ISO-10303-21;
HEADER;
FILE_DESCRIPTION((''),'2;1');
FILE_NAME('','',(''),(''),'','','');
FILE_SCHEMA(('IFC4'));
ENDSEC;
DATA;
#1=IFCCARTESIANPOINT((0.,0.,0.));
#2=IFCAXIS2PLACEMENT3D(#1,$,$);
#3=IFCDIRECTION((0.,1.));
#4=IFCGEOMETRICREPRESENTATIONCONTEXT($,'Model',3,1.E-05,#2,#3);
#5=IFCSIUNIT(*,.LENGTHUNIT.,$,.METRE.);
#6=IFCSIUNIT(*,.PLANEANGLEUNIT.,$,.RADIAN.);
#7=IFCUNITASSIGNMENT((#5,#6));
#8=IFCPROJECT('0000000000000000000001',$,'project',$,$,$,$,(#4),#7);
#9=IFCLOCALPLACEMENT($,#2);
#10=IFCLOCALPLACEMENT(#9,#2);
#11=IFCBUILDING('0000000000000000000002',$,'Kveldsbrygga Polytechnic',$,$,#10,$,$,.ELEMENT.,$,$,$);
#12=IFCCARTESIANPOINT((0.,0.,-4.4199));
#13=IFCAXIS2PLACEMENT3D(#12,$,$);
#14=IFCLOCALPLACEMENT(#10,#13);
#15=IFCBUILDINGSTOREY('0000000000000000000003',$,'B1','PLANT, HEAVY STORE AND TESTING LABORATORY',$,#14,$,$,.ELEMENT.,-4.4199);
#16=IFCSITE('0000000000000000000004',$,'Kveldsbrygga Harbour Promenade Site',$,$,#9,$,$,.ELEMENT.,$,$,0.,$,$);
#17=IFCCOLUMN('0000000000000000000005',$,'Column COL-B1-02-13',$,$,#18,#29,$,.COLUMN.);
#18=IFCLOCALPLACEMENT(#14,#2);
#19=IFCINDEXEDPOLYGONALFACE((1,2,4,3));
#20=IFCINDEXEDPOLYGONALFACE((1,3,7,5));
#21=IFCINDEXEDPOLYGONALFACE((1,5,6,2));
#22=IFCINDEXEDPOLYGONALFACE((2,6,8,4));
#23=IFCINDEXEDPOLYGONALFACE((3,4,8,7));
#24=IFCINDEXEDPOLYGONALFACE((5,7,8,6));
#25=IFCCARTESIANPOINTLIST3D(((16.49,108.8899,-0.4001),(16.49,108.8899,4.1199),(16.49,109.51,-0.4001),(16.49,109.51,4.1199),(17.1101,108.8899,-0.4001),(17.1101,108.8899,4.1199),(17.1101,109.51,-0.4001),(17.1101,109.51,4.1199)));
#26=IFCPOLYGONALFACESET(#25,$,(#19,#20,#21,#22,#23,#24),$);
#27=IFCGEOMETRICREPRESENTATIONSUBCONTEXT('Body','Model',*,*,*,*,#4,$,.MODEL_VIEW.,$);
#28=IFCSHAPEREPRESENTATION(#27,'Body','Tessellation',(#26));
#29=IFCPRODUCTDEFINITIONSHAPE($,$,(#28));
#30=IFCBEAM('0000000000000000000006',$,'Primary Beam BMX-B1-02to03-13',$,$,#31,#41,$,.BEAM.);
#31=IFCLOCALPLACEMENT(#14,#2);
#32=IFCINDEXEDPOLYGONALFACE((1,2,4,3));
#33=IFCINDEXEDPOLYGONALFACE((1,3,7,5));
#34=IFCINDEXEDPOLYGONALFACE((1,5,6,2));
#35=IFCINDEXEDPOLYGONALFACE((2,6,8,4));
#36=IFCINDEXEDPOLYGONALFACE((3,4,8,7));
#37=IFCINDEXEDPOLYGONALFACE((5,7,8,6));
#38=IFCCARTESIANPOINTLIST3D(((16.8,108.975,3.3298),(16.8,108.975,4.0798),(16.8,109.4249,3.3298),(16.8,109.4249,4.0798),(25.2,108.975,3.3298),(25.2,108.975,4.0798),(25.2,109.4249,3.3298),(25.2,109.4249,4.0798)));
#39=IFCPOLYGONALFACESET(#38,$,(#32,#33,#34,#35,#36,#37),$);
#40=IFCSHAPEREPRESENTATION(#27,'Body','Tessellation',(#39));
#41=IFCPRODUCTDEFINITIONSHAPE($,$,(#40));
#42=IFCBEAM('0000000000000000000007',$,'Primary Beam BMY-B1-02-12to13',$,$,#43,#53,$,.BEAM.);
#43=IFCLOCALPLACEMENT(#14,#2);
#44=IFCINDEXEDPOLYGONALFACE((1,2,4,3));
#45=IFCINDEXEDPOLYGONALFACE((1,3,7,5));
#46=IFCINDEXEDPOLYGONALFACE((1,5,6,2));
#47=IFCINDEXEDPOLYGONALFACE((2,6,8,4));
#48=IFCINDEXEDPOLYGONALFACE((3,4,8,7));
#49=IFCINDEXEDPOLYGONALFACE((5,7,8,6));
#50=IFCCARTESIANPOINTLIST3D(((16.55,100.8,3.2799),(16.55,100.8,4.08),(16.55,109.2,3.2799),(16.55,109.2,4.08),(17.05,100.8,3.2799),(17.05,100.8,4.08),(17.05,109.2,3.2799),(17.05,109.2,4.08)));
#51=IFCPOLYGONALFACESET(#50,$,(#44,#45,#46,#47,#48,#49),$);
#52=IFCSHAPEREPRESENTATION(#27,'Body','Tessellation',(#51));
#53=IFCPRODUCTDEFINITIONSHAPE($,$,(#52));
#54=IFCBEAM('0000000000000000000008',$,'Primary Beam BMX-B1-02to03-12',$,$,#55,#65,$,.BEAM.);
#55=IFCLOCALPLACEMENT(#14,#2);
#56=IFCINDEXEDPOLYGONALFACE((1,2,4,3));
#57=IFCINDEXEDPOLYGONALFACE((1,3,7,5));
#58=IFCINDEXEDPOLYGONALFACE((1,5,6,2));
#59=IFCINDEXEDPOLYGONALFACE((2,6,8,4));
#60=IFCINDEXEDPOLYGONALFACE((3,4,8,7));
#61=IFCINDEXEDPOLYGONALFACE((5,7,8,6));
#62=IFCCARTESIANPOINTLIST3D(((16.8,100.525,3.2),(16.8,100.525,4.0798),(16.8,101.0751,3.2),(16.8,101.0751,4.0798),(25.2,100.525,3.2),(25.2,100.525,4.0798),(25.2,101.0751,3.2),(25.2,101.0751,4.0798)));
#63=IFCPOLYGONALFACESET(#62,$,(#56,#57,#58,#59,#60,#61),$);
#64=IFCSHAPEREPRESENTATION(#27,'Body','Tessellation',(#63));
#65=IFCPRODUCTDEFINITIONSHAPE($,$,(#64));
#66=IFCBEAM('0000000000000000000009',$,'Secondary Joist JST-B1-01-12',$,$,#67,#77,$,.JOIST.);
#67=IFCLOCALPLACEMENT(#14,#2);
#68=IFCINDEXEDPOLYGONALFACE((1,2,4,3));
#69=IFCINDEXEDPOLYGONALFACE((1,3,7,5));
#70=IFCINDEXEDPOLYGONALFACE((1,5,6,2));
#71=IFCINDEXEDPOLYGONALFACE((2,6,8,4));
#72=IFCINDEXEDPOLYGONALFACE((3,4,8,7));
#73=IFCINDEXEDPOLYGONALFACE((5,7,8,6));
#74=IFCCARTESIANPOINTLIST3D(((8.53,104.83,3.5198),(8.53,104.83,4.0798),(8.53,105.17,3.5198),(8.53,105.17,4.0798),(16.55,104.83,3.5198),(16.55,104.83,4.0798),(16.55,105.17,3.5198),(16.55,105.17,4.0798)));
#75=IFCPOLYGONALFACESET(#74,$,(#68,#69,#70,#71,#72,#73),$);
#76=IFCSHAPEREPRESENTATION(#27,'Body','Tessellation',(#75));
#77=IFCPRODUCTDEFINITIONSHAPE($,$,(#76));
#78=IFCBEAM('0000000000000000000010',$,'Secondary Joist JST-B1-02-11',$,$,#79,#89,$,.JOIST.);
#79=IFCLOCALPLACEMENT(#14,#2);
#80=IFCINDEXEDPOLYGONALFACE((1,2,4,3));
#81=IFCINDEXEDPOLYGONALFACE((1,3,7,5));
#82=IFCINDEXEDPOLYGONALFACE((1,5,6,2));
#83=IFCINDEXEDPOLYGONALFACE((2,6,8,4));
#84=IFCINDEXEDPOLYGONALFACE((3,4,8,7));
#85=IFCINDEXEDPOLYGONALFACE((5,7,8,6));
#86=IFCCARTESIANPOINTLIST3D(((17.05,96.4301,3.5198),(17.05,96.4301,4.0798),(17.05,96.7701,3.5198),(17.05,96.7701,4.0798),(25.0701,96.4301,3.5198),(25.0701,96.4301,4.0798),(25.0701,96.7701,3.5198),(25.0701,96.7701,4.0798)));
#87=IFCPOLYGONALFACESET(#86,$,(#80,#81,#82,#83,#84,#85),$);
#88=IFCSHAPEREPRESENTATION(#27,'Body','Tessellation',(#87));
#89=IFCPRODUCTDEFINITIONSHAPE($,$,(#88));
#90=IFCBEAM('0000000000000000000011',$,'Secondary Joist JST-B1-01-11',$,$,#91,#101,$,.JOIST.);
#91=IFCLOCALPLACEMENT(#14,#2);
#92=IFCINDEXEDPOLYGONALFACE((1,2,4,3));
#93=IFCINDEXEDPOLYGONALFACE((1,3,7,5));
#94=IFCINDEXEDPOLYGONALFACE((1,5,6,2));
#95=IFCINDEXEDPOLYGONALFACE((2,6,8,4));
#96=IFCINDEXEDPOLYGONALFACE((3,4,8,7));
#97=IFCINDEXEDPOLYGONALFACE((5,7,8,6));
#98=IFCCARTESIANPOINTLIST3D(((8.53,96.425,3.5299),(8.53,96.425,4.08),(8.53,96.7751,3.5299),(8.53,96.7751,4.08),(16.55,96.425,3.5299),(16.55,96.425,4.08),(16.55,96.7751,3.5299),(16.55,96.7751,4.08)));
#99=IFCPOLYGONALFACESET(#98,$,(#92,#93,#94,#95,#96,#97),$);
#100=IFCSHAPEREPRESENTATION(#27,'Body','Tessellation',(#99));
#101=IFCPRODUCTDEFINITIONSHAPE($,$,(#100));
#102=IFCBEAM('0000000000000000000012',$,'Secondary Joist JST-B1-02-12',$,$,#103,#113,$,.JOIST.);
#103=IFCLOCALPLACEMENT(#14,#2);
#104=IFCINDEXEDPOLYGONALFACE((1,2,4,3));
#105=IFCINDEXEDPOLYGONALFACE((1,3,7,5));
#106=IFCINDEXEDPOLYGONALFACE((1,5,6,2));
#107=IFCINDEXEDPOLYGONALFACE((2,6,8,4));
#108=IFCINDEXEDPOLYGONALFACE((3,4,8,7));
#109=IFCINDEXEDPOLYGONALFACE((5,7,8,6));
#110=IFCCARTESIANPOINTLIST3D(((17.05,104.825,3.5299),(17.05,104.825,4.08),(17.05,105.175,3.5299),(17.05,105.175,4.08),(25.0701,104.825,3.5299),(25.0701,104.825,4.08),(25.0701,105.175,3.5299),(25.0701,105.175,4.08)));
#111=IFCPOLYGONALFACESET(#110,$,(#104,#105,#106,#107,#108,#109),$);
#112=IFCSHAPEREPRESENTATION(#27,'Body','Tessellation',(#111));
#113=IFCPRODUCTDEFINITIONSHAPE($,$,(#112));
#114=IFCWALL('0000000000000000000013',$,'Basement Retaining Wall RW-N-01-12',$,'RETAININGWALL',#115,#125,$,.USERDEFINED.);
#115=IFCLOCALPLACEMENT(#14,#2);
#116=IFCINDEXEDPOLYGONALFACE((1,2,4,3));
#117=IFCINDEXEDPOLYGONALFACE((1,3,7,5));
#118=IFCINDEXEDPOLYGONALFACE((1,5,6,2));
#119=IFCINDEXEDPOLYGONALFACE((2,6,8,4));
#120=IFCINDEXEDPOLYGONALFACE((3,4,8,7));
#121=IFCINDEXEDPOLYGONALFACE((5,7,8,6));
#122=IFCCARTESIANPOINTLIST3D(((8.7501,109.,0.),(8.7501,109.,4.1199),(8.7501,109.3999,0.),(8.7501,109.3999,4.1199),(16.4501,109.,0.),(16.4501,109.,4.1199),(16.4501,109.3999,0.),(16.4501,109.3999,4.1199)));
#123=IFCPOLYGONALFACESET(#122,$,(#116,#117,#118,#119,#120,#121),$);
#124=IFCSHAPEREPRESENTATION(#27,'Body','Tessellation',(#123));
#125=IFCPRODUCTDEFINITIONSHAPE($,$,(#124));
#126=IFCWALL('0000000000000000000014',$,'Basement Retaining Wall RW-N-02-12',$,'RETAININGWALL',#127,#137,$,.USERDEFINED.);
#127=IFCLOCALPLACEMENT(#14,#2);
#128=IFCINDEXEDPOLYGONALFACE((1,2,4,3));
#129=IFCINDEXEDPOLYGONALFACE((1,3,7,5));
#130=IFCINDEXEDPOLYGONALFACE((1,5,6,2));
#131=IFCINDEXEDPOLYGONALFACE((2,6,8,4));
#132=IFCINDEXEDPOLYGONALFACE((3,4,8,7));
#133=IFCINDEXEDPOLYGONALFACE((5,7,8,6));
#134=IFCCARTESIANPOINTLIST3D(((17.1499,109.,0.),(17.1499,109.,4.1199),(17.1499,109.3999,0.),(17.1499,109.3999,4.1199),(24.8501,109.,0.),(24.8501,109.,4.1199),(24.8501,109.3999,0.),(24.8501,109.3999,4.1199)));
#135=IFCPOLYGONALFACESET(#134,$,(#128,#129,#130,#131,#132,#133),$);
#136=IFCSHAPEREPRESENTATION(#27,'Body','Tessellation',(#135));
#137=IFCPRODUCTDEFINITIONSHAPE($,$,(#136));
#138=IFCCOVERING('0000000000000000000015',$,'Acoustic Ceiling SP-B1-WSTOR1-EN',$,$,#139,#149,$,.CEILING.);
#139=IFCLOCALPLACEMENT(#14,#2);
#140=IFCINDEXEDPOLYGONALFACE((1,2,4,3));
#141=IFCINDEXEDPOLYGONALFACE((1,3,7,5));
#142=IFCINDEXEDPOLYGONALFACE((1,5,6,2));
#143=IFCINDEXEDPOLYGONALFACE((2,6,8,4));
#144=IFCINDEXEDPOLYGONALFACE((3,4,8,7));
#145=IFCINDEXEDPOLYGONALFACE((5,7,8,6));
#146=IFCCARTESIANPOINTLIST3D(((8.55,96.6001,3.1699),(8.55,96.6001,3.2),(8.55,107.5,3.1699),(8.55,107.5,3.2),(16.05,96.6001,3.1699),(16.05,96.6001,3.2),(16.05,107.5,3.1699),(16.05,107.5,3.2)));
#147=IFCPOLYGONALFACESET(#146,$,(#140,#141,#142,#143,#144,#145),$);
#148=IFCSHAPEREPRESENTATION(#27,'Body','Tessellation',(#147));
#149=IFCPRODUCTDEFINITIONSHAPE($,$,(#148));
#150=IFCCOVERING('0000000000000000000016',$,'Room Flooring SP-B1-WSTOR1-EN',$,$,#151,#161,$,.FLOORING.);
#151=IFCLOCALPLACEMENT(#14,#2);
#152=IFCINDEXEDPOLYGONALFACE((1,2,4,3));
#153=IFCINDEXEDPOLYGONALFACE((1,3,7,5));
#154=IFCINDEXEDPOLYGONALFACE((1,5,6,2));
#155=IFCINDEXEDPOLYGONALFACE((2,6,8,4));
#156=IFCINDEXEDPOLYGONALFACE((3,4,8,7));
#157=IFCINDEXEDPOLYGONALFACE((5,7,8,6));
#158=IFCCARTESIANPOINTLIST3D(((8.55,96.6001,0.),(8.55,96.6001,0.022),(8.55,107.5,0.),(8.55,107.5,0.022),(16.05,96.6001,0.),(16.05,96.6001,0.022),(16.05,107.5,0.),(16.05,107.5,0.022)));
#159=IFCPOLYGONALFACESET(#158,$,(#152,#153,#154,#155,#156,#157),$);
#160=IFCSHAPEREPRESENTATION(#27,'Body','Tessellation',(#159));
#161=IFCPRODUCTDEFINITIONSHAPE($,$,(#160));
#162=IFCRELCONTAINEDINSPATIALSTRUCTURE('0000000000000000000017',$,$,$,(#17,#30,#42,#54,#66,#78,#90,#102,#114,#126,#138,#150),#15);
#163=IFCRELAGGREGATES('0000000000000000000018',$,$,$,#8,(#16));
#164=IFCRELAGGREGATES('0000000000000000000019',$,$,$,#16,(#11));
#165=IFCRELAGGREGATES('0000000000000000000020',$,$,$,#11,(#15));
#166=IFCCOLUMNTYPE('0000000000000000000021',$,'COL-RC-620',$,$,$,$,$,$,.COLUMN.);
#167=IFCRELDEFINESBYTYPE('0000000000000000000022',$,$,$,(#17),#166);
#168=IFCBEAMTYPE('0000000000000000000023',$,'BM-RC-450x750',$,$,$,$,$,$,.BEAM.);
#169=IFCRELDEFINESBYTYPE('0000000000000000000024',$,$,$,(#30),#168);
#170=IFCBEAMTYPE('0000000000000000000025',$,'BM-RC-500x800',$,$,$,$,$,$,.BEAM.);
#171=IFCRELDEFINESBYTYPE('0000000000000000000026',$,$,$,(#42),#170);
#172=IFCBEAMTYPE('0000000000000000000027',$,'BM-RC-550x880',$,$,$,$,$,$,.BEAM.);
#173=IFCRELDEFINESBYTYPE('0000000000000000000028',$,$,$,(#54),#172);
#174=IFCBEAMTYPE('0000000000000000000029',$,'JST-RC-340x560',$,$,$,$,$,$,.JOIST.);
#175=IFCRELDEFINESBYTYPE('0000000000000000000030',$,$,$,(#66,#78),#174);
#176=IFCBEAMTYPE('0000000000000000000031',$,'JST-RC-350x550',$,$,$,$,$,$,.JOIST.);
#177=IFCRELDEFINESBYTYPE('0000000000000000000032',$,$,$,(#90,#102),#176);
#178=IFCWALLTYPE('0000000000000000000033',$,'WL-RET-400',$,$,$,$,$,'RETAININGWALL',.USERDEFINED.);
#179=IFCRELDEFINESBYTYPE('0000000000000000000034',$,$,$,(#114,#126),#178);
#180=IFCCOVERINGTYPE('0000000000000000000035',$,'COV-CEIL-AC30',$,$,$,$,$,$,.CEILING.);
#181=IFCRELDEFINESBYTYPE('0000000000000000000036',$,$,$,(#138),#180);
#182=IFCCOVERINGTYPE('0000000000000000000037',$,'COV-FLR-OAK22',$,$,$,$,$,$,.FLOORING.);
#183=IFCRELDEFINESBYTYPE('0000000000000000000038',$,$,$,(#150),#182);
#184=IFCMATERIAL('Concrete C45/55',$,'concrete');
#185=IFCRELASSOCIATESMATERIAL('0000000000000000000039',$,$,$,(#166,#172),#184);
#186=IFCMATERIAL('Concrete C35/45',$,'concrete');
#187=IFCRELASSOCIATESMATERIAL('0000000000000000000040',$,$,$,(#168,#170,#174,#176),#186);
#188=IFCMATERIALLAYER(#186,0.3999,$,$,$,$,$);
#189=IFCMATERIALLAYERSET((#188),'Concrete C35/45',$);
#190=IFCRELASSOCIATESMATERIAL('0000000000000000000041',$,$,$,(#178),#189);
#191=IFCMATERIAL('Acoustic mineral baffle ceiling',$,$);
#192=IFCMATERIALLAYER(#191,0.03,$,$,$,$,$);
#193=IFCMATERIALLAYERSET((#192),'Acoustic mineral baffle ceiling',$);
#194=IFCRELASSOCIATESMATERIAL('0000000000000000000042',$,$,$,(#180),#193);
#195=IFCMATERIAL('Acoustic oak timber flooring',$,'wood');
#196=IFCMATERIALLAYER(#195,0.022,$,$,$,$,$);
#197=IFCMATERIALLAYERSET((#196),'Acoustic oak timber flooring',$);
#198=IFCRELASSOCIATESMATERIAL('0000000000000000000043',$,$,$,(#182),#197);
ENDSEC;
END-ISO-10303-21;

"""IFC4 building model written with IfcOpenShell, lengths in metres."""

from ifc_helpers import new_model, si_unit, direction, frame, frame_2d, origin, origin_2d, place, context, subcontext, project, spatial, rectangle, extrude, material, layer, layer_set, material_profile, profile_set, type_object, element, save


model = new_model("IFC4")

# Units and contexts
model_context = context("Model", 3, precision=1e-05, world=origin(), true_north=direction((0.0, 1.0)))
body_context = subcontext(model_context, "Body", "Model", "MODEL_VIEW")
ifc_project = project(units=[si_unit("LENGTHUNIT", "METRE"), si_unit("PLANEANGLEUNIT", "RADIAN")], contexts=[model_context])

# Site, building, storey
site_placement = place(None, origin())
site = spatial("IfcSite", under=ifc_project, at=site_placement, Name="Kveldsbrygga Harbour Promenade Site", CompositionType="ELEMENT", RefElevation=0.0)
building_placement = place(site_placement, origin())
building = spatial("IfcBuilding", under=site, at=building_placement, Name="Kveldsbrygga Polytechnic", CompositionType="ELEMENT")
storey_placement = place(building_placement, frame((0.0, 0.0, -4.4199)))
storey = spatial("IfcBuildingStorey", under=building, at=storey_placement, Name="B1", Description="PLANT, HEAVY STORE AND TESTING LABORATORY", CompositionType="ELEMENT", Elevation=-4.4199)

# Shared definitions
ifc_material_1 = material(Name="Concrete C45/55", Category="concrete")

# Column
ifc_material_profile_1 = material_profile(ifc_material_1, rectangle(XDim=0.6201, YDim=0.6201, at=origin_2d()), Name="RC 620x620")
ifc_profile_set_1 = profile_set([ifc_material_profile_1], Name="Concrete C45/55")
column_type = type_object("IfcColumnType", Name="COL-RC-620", PredefinedType="COLUMN", material=ifc_profile_set_1)
for number, where, z_axis, x_axis, name in (
    (1, (16.8, 109.2, -0.4001), (0.0, 0.0, 1.0), (1.0, 0.0, 0.0), "Column COL-B1-02-13"),
):
    element("IfcColumn", number, at=place(storey_placement, frame(where, z_axis=z_axis, x_axis=x_axis)), inside=storey, type_object=column_type, Name=name, PredefinedType="COLUMN", context=body_context, shape_type="SweptSolid", body=[
        extrude(rectangle(XDim=0.6201, YDim=0.6201, at=origin_2d()), origin(), (0.0, 0.0, 1.0), 4.52),
    ])

# Beams
ifc_material_2 = material(Name="Concrete C35/45", Category="concrete")
ifc_material_profile_2 = material_profile(ifc_material_2, rectangle(XDim=0.45, YDim=0.75, at=origin_2d()), Name="RC 450x750")
ifc_profile_set_2 = profile_set([ifc_material_profile_2], Name="Concrete C35/45")
beam_type_1 = type_object("IfcBeamType", Name="BM-RC-450x750", PredefinedType="BEAM", material=ifc_profile_set_2)
beam_1_placement = place(storey_placement, frame((16.8, 109.2, 3.7048), z_axis=(1.0, 0.0, 0.0), x_axis=(0.0, 1.0, 0.0)))
element("IfcBeam", 2, at=beam_1_placement, inside=storey, type_object=beam_type_1, Name="Primary Beam BMX-B1-02to03-13", PredefinedType="BEAM", context=body_context, shape_type="SweptSolid", body=[
    extrude(rectangle(XDim=0.45, YDim=0.75, at=origin_2d()), origin(), (0.0, 0.0, 1.0), 8.3999),
])
ifc_material_profile_3 = material_profile(ifc_material_2, rectangle(XDim=0.5, YDim=0.8, at=origin_2d()), Name="RC 500x800")
ifc_profile_set_3 = profile_set([ifc_material_profile_3], Name="Concrete C35/45")
beam_type_2 = type_object("IfcBeamType", Name="BM-RC-500x800", PredefinedType="BEAM", material=ifc_profile_set_3)
beam_2_placement = place(storey_placement, frame((16.8, 100.8, 3.6799), z_axis=(0.0, 1.0, 0.0), x_axis=(-1.0, 0.0, 0.0)))
element("IfcBeam", 3, at=beam_2_placement, inside=storey, type_object=beam_type_2, Name="Primary Beam BMY-B1-02-12to13", PredefinedType="BEAM", context=body_context, shape_type="SweptSolid", body=[
    extrude(rectangle(XDim=0.5, YDim=0.8, at=origin_2d()), origin(), (0.0, 0.0, 1.0), 8.3999),
])
ifc_material_profile_4 = material_profile(ifc_material_1, rectangle(XDim=0.55, YDim=0.8799, at=origin_2d()), Name="RC 550x880")
ifc_profile_set_4 = profile_set([ifc_material_profile_4], Name="Concrete C45/55")
beam_type_3 = type_object("IfcBeamType", Name="BM-RC-550x880", PredefinedType="BEAM", material=ifc_profile_set_4)
beam_3_placement = place(storey_placement, frame((16.8, 100.8, 3.6399), z_axis=(1.0, 0.0, 0.0), x_axis=(0.0, 1.0, 0.0)))
element("IfcBeam", 4, at=beam_3_placement, inside=storey, type_object=beam_type_3, Name="Primary Beam BMX-B1-02to03-12", PredefinedType="BEAM", context=body_context, shape_type="SweptSolid", body=[
    extrude(rectangle(XDim=0.55, YDim=0.8799, at=origin_2d()), origin(), (0.0, 0.0, 1.0), 8.3999),
])
ifc_material_profile_5 = material_profile(ifc_material_2, rectangle(XDim=0.3401, YDim=0.5601, at=origin_2d()), Name="RC 340x560")
ifc_profile_set_5 = profile_set([ifc_material_profile_5], Name="Concrete C35/45")
beam_type_4 = type_object("IfcBeamType", Name="JST-RC-340x560", PredefinedType="JOIST", material=ifc_profile_set_5)
for number, where, z_axis, x_axis, name in (
    (5, (8.53, 105.0, 3.7998), (1.0, 0.0, 0.0), (0.0, 1.0, 0.0), "Secondary Joist JST-B1-01-12"),
    (6, (17.05, 96.6001, 3.7998), (1.0, 0.0, 0.0), (0.0, 1.0, 0.0), "Secondary Joist JST-B1-02-11"),
):
    element("IfcBeam", number, at=place(storey_placement, frame(where, z_axis=z_axis, x_axis=x_axis)), inside=storey, type_object=beam_type_4, Name=name, PredefinedType="JOIST", context=body_context, shape_type="SweptSolid", body=[
        extrude(rectangle(XDim=0.3401, YDim=0.5601, at=origin_2d()), origin(), (0.0, 0.0, 1.0), 8.02),
    ])
ifc_material_profile_6 = material_profile(ifc_material_2, rectangle(XDim=0.3501, YDim=0.55, at=origin_2d()), Name="RC 350x550")
ifc_profile_set_6 = profile_set([ifc_material_profile_6], Name="Concrete C35/45")
beam_type_5 = type_object("IfcBeamType", Name="JST-RC-350x550", PredefinedType="JOIST", material=ifc_profile_set_6)
for number, where, z_axis, x_axis, name in (
    (7, (8.53, 96.6001, 3.8049), (1.0, 0.0, 0.0), (0.0, 1.0, 0.0), "Secondary Joist JST-B1-01-11"),
    (8, (17.05, 105.0, 3.8049), (1.0, 0.0, 0.0), (0.0, 1.0, 0.0), "Secondary Joist JST-B1-02-12"),
):
    element("IfcBeam", number, at=place(storey_placement, frame(where, z_axis=z_axis, x_axis=x_axis)), inside=storey, type_object=beam_type_5, Name=name, PredefinedType="JOIST", context=body_context, shape_type="SweptSolid", body=[
        extrude(rectangle(XDim=0.3501, YDim=0.55, at=origin_2d()), origin(), (0.0, 0.0, 1.0), 8.02),
    ])

# Walls
ifc_layer_1 = layer(ifc_material_2, 0.3999)
ifc_layer_set_1 = layer_set([ifc_layer_1], Name="Concrete C35/45")
wall_type = type_object("IfcWallType", Name="WL-RET-400", ElementType="RETAININGWALL", PredefinedType="USERDEFINED", material=ifc_layer_set_1)
wall_1_placement = place(storey_placement, frame((8.75, 109.2, 0.0), z_axis=(0.0, 0.0, 1.0), x_axis=(1.0, 0.0, 0.0)))
element("IfcWall", 9, at=wall_1_placement, inside=storey, type_object=wall_type, Name="Basement Retaining Wall RW-N-01-12", ObjectType="RETAININGWALL", PredefinedType="USERDEFINED", context=body_context, shape_type="SweptSolid", body=[
    extrude(rectangle(XDim=7.7, YDim=0.3999, at=frame_2d((3.8501, 0.0))), origin(), (0.0, 0.0, 1.0), 4.1199),
])
wall_2_placement = place(storey_placement, frame((17.1499, 109.2, 0.0), z_axis=(0.0, 0.0, 1.0), x_axis=(1.0, 0.0, 0.0)))
element("IfcWall", 10, at=wall_2_placement, inside=storey, type_object=wall_type, Name="Basement Retaining Wall RW-N-02-12", ObjectType="RETAININGWALL", PredefinedType="USERDEFINED", context=body_context, shape_type="SweptSolid", body=[
    extrude(rectangle(XDim=7.7002, YDim=0.3999, at=frame_2d((3.8501, 0.0))), origin(), (0.0, 0.0, 1.0), 4.1199),
])

# Coverings
ifc_material_3 = material(Name="Acoustic mineral baffle ceiling")
ifc_layer_2 = layer(ifc_material_3, 0.03)
ifc_layer_set_2 = layer_set([ifc_layer_2], Name="Acoustic mineral baffle ceiling")
covering_type_1 = type_object("IfcCoveringType", Name="COV-CEIL-AC30", PredefinedType="CEILING", material=ifc_layer_set_2)
covering_1_placement = place(storey_placement, frame((12.3, 102.05, 3.1699), z_axis=(0.0, 0.0, 1.0), x_axis=(1.0, 0.0, 0.0)))
element("IfcCovering", 11, at=covering_1_placement, inside=storey, type_object=covering_type_1, Name="Acoustic Ceiling SP-B1-WSTOR1-EN", PredefinedType="CEILING", context=body_context, shape_type="SweptSolid", body=[
    extrude(rectangle(XDim=7.5, YDim=10.8999, at=origin_2d()), origin(), (0.0, 0.0, 1.0), 0.03),
])
ifc_material_4 = material(Name="Acoustic oak timber flooring", Category="wood")
ifc_layer_3 = layer(ifc_material_4, 0.022)
ifc_layer_set_3 = layer_set([ifc_layer_3], Name="Acoustic oak timber flooring")
covering_type_2 = type_object("IfcCoveringType", Name="COV-FLR-OAK22", PredefinedType="FLOORING", material=ifc_layer_set_3)
covering_2_placement = place(storey_placement, frame((12.3, 102.05, 0.0), z_axis=(0.0, 0.0, 1.0), x_axis=(1.0, 0.0, 0.0)))
element("IfcCovering", 12, at=covering_2_placement, inside=storey, type_object=covering_type_2, Name="Room Flooring SP-B1-WSTOR1-EN", PredefinedType="FLOORING", context=body_context, shape_type="SweptSolid", body=[
    extrude(rectangle(XDim=7.5, YDim=10.8999, at=origin_2d()), origin(), (0.0, 0.0, 1.0), 0.022),
])

save(model, "model.ifc")
